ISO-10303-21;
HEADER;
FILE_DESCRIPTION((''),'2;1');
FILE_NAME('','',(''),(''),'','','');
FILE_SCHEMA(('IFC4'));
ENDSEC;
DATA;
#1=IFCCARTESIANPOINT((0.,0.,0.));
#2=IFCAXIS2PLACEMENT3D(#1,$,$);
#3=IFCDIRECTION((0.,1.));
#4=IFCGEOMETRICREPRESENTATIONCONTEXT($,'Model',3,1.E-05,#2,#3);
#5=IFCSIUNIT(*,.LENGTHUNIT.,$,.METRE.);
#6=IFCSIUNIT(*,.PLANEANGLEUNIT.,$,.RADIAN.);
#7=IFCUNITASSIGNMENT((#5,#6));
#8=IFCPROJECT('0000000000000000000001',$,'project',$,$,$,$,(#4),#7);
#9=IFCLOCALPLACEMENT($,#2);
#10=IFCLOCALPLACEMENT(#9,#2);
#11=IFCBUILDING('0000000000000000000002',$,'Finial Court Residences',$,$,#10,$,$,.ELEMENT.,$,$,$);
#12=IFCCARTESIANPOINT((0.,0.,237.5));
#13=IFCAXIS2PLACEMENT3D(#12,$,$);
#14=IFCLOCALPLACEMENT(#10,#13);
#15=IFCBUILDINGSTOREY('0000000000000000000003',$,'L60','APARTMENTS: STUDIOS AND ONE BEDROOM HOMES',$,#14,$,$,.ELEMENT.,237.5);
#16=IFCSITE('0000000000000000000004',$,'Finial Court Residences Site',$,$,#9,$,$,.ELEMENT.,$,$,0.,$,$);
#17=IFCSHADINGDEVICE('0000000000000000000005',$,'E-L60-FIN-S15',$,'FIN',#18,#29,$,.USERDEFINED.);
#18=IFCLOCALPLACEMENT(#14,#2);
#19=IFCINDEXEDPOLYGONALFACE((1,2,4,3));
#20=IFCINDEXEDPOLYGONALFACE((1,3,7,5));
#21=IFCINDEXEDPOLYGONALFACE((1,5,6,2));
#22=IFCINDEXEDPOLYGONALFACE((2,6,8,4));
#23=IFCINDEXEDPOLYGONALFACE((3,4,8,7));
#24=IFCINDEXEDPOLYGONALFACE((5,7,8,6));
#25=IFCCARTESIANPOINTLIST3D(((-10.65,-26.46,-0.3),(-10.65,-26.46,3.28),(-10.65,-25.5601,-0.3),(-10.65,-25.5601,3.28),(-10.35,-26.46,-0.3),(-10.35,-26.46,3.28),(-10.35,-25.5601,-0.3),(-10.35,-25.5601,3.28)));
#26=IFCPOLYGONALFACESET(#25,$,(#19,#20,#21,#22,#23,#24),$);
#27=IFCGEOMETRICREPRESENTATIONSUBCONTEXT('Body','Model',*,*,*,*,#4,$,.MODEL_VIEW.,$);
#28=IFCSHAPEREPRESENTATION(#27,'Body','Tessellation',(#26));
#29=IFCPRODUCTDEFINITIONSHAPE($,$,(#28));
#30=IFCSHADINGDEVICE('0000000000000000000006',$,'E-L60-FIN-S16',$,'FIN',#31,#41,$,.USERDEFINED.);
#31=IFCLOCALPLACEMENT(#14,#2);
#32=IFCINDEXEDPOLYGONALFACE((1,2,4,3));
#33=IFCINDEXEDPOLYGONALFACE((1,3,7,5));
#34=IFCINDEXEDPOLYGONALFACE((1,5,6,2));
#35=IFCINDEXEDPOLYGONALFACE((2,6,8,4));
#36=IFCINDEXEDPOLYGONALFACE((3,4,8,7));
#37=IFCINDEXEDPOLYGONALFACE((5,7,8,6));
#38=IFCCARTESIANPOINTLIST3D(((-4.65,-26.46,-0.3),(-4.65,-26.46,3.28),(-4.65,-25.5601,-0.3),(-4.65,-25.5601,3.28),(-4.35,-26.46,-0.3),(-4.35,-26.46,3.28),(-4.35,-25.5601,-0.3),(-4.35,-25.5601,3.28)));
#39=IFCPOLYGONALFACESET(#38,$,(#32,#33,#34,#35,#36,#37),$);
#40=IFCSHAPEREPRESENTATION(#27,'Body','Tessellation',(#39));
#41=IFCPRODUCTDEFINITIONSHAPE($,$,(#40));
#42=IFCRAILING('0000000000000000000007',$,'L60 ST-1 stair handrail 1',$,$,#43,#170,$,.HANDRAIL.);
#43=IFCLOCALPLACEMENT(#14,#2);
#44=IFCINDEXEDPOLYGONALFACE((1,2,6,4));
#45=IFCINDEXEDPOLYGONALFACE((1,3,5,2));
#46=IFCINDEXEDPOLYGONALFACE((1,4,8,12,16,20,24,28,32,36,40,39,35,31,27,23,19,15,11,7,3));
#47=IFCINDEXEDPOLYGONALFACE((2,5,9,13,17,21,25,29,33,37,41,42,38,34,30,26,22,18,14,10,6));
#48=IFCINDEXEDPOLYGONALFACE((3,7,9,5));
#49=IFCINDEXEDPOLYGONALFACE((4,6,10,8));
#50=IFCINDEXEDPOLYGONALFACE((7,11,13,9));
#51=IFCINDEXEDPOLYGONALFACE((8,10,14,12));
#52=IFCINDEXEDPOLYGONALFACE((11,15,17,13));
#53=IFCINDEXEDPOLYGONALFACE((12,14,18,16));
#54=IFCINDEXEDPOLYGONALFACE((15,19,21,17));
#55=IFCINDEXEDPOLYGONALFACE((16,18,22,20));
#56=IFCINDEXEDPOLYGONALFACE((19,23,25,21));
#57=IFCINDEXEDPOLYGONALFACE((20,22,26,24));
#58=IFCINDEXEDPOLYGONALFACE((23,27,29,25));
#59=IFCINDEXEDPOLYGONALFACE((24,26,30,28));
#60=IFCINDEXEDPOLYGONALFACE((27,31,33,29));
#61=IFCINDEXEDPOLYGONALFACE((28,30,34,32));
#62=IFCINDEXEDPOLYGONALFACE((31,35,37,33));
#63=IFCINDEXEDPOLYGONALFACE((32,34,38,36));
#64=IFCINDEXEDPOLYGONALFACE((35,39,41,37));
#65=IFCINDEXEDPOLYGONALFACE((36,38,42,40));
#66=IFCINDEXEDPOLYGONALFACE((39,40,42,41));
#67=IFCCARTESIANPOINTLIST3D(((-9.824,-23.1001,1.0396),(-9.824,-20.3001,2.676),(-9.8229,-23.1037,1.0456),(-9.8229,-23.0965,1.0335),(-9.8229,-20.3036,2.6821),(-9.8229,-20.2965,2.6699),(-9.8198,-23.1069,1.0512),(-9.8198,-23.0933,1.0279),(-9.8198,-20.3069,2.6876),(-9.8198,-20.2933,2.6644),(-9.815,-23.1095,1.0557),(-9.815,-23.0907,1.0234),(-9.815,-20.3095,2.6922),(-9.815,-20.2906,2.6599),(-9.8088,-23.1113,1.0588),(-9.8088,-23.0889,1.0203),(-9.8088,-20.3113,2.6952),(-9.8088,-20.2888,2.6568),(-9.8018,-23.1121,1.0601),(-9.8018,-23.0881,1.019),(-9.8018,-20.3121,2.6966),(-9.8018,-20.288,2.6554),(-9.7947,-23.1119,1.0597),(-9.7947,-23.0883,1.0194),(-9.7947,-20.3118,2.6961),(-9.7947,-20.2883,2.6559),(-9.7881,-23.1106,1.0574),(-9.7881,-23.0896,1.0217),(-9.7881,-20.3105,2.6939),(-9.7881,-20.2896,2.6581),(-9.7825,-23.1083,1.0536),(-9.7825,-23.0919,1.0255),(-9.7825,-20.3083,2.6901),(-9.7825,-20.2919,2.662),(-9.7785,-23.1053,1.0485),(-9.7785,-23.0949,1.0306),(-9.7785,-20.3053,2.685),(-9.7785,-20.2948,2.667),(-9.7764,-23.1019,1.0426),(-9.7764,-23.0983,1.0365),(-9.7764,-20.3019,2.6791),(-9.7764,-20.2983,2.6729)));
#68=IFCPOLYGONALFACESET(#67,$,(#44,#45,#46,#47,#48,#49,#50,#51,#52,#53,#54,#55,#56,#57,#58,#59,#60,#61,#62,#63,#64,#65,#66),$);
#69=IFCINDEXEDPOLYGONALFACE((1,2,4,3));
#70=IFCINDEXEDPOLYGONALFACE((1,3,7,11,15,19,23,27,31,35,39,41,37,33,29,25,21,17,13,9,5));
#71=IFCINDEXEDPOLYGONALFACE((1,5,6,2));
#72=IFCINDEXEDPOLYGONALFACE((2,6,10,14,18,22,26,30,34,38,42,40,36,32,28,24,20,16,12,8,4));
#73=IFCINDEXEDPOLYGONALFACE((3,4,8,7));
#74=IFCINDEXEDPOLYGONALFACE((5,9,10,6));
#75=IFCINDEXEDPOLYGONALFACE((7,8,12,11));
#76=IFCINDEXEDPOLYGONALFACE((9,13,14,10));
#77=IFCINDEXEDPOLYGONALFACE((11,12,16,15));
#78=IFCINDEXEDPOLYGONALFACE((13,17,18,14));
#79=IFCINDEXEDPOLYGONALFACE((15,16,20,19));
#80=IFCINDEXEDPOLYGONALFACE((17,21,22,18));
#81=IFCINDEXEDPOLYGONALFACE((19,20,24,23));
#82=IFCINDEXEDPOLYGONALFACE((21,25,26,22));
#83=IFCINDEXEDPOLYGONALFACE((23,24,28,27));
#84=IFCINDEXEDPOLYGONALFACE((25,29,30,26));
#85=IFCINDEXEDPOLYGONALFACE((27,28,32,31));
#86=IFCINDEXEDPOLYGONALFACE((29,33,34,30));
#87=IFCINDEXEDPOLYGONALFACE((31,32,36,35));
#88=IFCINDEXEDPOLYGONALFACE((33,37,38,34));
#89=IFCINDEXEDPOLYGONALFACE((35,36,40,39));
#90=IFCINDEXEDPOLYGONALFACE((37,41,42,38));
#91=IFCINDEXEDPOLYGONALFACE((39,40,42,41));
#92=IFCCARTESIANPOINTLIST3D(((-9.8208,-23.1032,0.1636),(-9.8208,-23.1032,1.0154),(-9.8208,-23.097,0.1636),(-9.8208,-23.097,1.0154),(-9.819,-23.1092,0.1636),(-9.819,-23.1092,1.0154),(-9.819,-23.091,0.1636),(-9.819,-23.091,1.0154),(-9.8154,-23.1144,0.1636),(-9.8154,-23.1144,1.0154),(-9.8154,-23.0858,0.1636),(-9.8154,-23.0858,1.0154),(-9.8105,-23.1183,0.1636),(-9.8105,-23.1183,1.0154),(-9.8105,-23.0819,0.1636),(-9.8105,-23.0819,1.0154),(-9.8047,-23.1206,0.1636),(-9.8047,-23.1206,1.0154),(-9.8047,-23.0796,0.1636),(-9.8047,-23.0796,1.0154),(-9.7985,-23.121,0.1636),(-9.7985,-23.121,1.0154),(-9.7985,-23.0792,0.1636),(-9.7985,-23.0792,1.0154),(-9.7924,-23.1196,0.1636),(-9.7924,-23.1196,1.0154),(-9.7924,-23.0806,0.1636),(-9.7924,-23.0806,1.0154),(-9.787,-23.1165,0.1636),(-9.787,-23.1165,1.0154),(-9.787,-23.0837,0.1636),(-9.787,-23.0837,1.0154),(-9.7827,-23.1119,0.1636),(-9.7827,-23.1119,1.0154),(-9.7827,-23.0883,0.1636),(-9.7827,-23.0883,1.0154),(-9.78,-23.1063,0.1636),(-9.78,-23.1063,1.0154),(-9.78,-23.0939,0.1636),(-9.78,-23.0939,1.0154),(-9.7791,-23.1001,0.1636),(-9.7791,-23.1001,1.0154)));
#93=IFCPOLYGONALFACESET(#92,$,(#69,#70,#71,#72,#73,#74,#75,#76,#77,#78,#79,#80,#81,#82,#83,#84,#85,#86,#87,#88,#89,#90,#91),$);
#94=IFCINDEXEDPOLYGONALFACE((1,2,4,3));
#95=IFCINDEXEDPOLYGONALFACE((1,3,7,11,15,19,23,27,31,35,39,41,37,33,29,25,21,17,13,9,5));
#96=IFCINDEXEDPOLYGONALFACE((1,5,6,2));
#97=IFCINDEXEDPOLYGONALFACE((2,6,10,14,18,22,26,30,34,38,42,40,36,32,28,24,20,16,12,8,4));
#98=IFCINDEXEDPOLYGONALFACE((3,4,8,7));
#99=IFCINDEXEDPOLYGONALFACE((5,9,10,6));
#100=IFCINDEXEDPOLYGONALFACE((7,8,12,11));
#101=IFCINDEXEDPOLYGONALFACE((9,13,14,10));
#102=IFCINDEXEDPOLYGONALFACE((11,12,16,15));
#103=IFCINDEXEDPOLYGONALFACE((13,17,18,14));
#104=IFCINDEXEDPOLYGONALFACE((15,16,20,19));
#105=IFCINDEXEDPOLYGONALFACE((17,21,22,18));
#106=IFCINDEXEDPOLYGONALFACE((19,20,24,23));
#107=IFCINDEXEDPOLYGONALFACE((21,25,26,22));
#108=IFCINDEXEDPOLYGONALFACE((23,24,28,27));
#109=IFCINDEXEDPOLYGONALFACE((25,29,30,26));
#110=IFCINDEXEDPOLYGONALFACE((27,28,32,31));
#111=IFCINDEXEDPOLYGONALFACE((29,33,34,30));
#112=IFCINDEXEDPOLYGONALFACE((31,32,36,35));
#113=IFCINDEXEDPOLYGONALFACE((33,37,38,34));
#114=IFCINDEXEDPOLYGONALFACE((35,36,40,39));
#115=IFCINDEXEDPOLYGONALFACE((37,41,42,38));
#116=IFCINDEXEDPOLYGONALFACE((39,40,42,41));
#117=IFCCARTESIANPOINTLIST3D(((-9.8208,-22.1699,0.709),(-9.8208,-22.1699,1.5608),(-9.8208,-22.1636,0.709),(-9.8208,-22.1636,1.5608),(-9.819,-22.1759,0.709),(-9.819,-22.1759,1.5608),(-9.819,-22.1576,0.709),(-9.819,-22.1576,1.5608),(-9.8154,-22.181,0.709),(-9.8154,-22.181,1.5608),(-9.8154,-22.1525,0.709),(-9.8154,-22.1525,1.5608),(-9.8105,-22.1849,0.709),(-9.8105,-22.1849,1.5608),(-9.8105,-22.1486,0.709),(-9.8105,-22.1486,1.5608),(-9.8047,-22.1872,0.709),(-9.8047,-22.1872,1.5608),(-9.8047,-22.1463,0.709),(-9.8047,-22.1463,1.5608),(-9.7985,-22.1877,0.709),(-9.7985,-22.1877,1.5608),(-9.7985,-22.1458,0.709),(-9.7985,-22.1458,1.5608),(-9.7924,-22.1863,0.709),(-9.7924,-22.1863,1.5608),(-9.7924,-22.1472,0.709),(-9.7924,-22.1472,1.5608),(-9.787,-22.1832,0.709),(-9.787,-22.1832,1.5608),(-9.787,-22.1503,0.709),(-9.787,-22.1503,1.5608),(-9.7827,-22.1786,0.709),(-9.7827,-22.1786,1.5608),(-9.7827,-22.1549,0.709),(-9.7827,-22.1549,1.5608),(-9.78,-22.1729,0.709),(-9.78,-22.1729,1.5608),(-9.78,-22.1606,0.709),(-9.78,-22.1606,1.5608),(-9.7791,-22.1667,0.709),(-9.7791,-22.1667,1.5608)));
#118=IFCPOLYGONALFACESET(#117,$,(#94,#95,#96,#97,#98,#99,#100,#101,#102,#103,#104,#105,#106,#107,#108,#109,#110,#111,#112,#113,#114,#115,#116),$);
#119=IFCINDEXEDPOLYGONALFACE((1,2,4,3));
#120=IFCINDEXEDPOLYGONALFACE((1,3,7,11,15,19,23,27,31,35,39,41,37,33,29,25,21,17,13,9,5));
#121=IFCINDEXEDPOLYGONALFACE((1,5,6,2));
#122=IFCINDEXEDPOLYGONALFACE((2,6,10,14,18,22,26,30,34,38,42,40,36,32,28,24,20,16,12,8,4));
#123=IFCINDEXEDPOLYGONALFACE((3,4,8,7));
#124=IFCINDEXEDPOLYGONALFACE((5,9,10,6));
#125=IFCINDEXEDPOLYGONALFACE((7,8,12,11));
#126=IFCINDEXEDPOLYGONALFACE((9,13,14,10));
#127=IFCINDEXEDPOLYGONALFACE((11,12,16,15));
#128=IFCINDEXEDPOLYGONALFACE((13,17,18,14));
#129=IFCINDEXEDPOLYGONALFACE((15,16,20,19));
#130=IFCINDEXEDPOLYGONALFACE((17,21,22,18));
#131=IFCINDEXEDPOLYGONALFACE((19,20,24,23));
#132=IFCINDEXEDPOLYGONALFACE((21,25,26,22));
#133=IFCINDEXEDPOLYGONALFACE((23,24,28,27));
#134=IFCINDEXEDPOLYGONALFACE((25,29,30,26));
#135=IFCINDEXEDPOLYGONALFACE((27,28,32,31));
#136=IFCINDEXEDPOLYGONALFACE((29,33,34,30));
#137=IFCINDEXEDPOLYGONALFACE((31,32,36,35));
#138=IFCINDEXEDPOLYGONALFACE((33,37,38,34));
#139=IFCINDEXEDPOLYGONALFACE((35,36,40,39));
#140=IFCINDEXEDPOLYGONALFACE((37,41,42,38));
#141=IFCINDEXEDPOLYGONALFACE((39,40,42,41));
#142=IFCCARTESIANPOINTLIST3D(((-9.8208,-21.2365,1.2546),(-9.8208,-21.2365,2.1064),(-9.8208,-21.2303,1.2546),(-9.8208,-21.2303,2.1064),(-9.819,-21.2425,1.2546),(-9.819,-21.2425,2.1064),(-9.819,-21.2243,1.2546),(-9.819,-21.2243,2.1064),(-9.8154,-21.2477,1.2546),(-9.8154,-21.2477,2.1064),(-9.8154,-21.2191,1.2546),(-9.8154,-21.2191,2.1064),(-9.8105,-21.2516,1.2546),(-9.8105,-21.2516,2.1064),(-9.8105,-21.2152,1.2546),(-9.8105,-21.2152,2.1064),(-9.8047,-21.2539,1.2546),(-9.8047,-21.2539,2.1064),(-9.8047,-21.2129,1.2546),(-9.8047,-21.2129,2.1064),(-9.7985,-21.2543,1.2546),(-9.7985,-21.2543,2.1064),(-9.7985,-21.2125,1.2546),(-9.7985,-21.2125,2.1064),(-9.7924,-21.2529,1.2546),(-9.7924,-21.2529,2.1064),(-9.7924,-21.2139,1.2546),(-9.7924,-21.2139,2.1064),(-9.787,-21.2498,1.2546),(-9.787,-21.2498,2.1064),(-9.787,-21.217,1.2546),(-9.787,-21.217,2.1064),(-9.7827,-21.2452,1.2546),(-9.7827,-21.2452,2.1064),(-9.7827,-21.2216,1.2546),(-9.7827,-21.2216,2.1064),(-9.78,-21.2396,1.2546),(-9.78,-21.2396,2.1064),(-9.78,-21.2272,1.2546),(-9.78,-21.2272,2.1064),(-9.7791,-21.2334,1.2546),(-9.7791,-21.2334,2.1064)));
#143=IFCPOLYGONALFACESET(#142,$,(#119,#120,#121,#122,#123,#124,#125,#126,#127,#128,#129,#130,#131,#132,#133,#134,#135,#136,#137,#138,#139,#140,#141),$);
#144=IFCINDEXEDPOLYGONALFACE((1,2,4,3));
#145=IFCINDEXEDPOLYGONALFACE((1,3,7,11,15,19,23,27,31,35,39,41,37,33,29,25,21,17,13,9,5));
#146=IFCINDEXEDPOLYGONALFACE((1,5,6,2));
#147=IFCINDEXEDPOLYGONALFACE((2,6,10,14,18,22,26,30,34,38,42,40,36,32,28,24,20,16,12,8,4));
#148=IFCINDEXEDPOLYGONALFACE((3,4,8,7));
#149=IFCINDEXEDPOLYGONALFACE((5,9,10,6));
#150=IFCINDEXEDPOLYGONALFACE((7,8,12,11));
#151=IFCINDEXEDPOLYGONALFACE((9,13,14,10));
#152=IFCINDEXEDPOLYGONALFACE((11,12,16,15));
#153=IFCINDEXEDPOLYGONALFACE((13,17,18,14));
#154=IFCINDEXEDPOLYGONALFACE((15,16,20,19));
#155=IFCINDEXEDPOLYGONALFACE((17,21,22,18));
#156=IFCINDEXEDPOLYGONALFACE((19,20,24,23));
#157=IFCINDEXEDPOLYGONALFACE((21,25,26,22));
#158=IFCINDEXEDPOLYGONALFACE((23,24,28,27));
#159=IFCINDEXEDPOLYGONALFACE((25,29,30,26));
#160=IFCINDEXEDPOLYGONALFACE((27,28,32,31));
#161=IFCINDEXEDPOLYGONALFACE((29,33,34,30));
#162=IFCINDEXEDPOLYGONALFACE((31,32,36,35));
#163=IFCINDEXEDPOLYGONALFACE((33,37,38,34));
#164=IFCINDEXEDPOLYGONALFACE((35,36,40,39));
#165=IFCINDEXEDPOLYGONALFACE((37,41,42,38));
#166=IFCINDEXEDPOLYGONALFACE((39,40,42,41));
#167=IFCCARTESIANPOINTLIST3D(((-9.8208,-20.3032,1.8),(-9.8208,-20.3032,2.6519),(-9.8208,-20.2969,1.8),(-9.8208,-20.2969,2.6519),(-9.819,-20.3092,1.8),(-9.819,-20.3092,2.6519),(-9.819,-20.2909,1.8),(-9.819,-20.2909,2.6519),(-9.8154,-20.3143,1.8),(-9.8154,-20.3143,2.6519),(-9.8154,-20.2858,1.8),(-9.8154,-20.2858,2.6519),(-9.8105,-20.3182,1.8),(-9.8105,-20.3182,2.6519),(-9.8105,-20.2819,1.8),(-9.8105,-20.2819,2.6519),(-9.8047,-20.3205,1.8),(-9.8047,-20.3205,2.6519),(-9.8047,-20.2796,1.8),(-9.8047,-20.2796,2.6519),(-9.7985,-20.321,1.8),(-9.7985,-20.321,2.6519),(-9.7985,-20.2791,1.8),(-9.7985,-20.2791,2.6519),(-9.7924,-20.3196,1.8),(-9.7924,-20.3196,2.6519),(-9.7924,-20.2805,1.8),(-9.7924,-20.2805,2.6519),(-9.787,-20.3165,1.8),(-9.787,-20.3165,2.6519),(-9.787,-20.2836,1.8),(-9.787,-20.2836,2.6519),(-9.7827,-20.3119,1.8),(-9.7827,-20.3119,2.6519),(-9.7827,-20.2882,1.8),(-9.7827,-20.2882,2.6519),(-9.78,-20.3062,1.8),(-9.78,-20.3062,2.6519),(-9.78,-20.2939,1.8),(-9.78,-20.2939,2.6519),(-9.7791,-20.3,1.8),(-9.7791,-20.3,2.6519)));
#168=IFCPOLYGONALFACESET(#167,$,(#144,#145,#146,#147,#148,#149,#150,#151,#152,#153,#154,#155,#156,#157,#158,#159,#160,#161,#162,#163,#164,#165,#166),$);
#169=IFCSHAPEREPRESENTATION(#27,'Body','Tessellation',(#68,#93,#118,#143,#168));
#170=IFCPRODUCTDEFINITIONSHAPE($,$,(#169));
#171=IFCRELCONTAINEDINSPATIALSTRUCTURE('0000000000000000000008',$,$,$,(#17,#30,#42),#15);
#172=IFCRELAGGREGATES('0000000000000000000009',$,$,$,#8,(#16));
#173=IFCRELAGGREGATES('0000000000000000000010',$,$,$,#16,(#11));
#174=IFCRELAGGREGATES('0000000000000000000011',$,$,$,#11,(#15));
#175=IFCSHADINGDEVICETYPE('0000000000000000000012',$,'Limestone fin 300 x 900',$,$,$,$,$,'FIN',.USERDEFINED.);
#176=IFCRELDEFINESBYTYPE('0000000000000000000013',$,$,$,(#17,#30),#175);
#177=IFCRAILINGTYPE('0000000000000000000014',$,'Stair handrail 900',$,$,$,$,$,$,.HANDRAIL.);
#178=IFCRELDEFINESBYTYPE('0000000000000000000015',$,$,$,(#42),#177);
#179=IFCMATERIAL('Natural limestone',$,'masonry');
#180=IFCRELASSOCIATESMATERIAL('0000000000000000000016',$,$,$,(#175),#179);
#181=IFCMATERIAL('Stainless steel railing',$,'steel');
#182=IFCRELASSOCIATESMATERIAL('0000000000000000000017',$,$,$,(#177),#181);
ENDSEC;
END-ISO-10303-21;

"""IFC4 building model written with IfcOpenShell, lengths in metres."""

from ifc_helpers import new_model, si_unit, direction, frame, origin, origin_2d, place, context, subcontext, project, spatial, rectangle, circle, extrude, material, type_object, element, save


model = new_model("IFC4")

# Units and contexts
model_context = context("Model", 3, precision=1e-05, world=origin(), true_north=direction((0.0, 1.0)))
body_context = subcontext(model_context, "Body", "Model", "MODEL_VIEW")
ifc_project = project(units=[si_unit("LENGTHUNIT", "METRE"), si_unit("PLANEANGLEUNIT", "RADIAN")], contexts=[model_context])

# Site, building, storey
site_placement = place(None, origin())
site = spatial("IfcSite", under=ifc_project, at=site_placement, Name="Finial Court Residences Site", CompositionType="ELEMENT", RefElevation=0.0)
building_placement = place(site_placement, origin())
building = spatial("IfcBuilding", under=site, at=building_placement, Name="Finial Court Residences", CompositionType="ELEMENT")
storey_placement = place(building_placement, frame((0.0, 0.0, 237.5)))
storey = spatial("IfcBuildingStorey", under=building, at=storey_placement, Name="L60", Description="APARTMENTS: STUDIOS AND ONE BEDROOM HOMES", CompositionType="ELEMENT", Elevation=237.5)

# Shading devices
ifc_material_1 = material(Name="Natural limestone", Category="masonry")
shading_device_type = type_object("IfcShadingDeviceType", Name="Limestone fin 300 x 900", ElementType="FIN", PredefinedType="USERDEFINED", material=ifc_material_1)
for number, where, z_axis, x_axis, name in (
    (1, (-10.5, -26.01, -0.3), (0.0, 0.0, 1.0), (1.0, 0.0, 0.0), "E-L60-FIN-S15"),
    (2, (-4.5, -26.01, -0.3), (0.0, 0.0, 1.0), (1.0, 0.0, 0.0), "E-L60-FIN-S16"),
):
    element("IfcShadingDevice", number, at=place(storey_placement, frame(where, z_axis=z_axis, x_axis=x_axis)), inside=storey, type_object=shading_device_type, Name=name, ObjectType="FIN", PredefinedType="USERDEFINED", context=body_context, shape_type="SweptSolid", body=[
        extrude(rectangle(XDim=0.3, YDim=0.8999, at=origin_2d()), origin(), (0.0, 0.0, 1.0), 3.5801),
    ])

# Railing
ifc_material_2 = material(Name="Stainless steel railing", Category="steel")
railing_type_1 = type_object("IfcRailingType", Name="Stair handrail 900", PredefinedType="HANDRAIL", material=ifc_material_2)
railing_1_placement = place(storey_placement, frame((-9.8, -23.1001, 0.1636)))
element("IfcRailing", 3, at=railing_1_placement, inside=storey, type_object=railing_type_1, Name="L60 ST-1 stair handrail 1", PredefinedType="HANDRAIL", context=body_context, shape_type="SweptSolid", body=[
    extrude(circle(Radius=0.0239, at=origin_2d()), frame((0.0, 0.0, 0.876), z_axis=(0.0, 0.863361, 0.504587), x_axis=(-1.0, 0.0, 0.0)), (0.0, 0.0, 1.0), 3.2432),
    extrude(circle(Radius=0.021, at=origin_2d()), origin(), (0.0, 0.0, 1.0), 0.8518),
    extrude(circle(Radius=0.021, at=origin_2d()), frame((0.0, 0.9333, 0.5454)), (0.0, 0.0, 1.0), 0.8518),
    extrude(circle(Radius=0.021, at=origin_2d()), frame((0.0, 1.8667, 1.0911)), (0.0, 0.0, 1.0), 0.8518),
    extrude(circle(Radius=0.021, at=origin_2d()), frame((0.0, 2.8, 1.6365)), (0.0, 0.0, 1.0), 0.8518),
])

save(model, "model.ifc")
